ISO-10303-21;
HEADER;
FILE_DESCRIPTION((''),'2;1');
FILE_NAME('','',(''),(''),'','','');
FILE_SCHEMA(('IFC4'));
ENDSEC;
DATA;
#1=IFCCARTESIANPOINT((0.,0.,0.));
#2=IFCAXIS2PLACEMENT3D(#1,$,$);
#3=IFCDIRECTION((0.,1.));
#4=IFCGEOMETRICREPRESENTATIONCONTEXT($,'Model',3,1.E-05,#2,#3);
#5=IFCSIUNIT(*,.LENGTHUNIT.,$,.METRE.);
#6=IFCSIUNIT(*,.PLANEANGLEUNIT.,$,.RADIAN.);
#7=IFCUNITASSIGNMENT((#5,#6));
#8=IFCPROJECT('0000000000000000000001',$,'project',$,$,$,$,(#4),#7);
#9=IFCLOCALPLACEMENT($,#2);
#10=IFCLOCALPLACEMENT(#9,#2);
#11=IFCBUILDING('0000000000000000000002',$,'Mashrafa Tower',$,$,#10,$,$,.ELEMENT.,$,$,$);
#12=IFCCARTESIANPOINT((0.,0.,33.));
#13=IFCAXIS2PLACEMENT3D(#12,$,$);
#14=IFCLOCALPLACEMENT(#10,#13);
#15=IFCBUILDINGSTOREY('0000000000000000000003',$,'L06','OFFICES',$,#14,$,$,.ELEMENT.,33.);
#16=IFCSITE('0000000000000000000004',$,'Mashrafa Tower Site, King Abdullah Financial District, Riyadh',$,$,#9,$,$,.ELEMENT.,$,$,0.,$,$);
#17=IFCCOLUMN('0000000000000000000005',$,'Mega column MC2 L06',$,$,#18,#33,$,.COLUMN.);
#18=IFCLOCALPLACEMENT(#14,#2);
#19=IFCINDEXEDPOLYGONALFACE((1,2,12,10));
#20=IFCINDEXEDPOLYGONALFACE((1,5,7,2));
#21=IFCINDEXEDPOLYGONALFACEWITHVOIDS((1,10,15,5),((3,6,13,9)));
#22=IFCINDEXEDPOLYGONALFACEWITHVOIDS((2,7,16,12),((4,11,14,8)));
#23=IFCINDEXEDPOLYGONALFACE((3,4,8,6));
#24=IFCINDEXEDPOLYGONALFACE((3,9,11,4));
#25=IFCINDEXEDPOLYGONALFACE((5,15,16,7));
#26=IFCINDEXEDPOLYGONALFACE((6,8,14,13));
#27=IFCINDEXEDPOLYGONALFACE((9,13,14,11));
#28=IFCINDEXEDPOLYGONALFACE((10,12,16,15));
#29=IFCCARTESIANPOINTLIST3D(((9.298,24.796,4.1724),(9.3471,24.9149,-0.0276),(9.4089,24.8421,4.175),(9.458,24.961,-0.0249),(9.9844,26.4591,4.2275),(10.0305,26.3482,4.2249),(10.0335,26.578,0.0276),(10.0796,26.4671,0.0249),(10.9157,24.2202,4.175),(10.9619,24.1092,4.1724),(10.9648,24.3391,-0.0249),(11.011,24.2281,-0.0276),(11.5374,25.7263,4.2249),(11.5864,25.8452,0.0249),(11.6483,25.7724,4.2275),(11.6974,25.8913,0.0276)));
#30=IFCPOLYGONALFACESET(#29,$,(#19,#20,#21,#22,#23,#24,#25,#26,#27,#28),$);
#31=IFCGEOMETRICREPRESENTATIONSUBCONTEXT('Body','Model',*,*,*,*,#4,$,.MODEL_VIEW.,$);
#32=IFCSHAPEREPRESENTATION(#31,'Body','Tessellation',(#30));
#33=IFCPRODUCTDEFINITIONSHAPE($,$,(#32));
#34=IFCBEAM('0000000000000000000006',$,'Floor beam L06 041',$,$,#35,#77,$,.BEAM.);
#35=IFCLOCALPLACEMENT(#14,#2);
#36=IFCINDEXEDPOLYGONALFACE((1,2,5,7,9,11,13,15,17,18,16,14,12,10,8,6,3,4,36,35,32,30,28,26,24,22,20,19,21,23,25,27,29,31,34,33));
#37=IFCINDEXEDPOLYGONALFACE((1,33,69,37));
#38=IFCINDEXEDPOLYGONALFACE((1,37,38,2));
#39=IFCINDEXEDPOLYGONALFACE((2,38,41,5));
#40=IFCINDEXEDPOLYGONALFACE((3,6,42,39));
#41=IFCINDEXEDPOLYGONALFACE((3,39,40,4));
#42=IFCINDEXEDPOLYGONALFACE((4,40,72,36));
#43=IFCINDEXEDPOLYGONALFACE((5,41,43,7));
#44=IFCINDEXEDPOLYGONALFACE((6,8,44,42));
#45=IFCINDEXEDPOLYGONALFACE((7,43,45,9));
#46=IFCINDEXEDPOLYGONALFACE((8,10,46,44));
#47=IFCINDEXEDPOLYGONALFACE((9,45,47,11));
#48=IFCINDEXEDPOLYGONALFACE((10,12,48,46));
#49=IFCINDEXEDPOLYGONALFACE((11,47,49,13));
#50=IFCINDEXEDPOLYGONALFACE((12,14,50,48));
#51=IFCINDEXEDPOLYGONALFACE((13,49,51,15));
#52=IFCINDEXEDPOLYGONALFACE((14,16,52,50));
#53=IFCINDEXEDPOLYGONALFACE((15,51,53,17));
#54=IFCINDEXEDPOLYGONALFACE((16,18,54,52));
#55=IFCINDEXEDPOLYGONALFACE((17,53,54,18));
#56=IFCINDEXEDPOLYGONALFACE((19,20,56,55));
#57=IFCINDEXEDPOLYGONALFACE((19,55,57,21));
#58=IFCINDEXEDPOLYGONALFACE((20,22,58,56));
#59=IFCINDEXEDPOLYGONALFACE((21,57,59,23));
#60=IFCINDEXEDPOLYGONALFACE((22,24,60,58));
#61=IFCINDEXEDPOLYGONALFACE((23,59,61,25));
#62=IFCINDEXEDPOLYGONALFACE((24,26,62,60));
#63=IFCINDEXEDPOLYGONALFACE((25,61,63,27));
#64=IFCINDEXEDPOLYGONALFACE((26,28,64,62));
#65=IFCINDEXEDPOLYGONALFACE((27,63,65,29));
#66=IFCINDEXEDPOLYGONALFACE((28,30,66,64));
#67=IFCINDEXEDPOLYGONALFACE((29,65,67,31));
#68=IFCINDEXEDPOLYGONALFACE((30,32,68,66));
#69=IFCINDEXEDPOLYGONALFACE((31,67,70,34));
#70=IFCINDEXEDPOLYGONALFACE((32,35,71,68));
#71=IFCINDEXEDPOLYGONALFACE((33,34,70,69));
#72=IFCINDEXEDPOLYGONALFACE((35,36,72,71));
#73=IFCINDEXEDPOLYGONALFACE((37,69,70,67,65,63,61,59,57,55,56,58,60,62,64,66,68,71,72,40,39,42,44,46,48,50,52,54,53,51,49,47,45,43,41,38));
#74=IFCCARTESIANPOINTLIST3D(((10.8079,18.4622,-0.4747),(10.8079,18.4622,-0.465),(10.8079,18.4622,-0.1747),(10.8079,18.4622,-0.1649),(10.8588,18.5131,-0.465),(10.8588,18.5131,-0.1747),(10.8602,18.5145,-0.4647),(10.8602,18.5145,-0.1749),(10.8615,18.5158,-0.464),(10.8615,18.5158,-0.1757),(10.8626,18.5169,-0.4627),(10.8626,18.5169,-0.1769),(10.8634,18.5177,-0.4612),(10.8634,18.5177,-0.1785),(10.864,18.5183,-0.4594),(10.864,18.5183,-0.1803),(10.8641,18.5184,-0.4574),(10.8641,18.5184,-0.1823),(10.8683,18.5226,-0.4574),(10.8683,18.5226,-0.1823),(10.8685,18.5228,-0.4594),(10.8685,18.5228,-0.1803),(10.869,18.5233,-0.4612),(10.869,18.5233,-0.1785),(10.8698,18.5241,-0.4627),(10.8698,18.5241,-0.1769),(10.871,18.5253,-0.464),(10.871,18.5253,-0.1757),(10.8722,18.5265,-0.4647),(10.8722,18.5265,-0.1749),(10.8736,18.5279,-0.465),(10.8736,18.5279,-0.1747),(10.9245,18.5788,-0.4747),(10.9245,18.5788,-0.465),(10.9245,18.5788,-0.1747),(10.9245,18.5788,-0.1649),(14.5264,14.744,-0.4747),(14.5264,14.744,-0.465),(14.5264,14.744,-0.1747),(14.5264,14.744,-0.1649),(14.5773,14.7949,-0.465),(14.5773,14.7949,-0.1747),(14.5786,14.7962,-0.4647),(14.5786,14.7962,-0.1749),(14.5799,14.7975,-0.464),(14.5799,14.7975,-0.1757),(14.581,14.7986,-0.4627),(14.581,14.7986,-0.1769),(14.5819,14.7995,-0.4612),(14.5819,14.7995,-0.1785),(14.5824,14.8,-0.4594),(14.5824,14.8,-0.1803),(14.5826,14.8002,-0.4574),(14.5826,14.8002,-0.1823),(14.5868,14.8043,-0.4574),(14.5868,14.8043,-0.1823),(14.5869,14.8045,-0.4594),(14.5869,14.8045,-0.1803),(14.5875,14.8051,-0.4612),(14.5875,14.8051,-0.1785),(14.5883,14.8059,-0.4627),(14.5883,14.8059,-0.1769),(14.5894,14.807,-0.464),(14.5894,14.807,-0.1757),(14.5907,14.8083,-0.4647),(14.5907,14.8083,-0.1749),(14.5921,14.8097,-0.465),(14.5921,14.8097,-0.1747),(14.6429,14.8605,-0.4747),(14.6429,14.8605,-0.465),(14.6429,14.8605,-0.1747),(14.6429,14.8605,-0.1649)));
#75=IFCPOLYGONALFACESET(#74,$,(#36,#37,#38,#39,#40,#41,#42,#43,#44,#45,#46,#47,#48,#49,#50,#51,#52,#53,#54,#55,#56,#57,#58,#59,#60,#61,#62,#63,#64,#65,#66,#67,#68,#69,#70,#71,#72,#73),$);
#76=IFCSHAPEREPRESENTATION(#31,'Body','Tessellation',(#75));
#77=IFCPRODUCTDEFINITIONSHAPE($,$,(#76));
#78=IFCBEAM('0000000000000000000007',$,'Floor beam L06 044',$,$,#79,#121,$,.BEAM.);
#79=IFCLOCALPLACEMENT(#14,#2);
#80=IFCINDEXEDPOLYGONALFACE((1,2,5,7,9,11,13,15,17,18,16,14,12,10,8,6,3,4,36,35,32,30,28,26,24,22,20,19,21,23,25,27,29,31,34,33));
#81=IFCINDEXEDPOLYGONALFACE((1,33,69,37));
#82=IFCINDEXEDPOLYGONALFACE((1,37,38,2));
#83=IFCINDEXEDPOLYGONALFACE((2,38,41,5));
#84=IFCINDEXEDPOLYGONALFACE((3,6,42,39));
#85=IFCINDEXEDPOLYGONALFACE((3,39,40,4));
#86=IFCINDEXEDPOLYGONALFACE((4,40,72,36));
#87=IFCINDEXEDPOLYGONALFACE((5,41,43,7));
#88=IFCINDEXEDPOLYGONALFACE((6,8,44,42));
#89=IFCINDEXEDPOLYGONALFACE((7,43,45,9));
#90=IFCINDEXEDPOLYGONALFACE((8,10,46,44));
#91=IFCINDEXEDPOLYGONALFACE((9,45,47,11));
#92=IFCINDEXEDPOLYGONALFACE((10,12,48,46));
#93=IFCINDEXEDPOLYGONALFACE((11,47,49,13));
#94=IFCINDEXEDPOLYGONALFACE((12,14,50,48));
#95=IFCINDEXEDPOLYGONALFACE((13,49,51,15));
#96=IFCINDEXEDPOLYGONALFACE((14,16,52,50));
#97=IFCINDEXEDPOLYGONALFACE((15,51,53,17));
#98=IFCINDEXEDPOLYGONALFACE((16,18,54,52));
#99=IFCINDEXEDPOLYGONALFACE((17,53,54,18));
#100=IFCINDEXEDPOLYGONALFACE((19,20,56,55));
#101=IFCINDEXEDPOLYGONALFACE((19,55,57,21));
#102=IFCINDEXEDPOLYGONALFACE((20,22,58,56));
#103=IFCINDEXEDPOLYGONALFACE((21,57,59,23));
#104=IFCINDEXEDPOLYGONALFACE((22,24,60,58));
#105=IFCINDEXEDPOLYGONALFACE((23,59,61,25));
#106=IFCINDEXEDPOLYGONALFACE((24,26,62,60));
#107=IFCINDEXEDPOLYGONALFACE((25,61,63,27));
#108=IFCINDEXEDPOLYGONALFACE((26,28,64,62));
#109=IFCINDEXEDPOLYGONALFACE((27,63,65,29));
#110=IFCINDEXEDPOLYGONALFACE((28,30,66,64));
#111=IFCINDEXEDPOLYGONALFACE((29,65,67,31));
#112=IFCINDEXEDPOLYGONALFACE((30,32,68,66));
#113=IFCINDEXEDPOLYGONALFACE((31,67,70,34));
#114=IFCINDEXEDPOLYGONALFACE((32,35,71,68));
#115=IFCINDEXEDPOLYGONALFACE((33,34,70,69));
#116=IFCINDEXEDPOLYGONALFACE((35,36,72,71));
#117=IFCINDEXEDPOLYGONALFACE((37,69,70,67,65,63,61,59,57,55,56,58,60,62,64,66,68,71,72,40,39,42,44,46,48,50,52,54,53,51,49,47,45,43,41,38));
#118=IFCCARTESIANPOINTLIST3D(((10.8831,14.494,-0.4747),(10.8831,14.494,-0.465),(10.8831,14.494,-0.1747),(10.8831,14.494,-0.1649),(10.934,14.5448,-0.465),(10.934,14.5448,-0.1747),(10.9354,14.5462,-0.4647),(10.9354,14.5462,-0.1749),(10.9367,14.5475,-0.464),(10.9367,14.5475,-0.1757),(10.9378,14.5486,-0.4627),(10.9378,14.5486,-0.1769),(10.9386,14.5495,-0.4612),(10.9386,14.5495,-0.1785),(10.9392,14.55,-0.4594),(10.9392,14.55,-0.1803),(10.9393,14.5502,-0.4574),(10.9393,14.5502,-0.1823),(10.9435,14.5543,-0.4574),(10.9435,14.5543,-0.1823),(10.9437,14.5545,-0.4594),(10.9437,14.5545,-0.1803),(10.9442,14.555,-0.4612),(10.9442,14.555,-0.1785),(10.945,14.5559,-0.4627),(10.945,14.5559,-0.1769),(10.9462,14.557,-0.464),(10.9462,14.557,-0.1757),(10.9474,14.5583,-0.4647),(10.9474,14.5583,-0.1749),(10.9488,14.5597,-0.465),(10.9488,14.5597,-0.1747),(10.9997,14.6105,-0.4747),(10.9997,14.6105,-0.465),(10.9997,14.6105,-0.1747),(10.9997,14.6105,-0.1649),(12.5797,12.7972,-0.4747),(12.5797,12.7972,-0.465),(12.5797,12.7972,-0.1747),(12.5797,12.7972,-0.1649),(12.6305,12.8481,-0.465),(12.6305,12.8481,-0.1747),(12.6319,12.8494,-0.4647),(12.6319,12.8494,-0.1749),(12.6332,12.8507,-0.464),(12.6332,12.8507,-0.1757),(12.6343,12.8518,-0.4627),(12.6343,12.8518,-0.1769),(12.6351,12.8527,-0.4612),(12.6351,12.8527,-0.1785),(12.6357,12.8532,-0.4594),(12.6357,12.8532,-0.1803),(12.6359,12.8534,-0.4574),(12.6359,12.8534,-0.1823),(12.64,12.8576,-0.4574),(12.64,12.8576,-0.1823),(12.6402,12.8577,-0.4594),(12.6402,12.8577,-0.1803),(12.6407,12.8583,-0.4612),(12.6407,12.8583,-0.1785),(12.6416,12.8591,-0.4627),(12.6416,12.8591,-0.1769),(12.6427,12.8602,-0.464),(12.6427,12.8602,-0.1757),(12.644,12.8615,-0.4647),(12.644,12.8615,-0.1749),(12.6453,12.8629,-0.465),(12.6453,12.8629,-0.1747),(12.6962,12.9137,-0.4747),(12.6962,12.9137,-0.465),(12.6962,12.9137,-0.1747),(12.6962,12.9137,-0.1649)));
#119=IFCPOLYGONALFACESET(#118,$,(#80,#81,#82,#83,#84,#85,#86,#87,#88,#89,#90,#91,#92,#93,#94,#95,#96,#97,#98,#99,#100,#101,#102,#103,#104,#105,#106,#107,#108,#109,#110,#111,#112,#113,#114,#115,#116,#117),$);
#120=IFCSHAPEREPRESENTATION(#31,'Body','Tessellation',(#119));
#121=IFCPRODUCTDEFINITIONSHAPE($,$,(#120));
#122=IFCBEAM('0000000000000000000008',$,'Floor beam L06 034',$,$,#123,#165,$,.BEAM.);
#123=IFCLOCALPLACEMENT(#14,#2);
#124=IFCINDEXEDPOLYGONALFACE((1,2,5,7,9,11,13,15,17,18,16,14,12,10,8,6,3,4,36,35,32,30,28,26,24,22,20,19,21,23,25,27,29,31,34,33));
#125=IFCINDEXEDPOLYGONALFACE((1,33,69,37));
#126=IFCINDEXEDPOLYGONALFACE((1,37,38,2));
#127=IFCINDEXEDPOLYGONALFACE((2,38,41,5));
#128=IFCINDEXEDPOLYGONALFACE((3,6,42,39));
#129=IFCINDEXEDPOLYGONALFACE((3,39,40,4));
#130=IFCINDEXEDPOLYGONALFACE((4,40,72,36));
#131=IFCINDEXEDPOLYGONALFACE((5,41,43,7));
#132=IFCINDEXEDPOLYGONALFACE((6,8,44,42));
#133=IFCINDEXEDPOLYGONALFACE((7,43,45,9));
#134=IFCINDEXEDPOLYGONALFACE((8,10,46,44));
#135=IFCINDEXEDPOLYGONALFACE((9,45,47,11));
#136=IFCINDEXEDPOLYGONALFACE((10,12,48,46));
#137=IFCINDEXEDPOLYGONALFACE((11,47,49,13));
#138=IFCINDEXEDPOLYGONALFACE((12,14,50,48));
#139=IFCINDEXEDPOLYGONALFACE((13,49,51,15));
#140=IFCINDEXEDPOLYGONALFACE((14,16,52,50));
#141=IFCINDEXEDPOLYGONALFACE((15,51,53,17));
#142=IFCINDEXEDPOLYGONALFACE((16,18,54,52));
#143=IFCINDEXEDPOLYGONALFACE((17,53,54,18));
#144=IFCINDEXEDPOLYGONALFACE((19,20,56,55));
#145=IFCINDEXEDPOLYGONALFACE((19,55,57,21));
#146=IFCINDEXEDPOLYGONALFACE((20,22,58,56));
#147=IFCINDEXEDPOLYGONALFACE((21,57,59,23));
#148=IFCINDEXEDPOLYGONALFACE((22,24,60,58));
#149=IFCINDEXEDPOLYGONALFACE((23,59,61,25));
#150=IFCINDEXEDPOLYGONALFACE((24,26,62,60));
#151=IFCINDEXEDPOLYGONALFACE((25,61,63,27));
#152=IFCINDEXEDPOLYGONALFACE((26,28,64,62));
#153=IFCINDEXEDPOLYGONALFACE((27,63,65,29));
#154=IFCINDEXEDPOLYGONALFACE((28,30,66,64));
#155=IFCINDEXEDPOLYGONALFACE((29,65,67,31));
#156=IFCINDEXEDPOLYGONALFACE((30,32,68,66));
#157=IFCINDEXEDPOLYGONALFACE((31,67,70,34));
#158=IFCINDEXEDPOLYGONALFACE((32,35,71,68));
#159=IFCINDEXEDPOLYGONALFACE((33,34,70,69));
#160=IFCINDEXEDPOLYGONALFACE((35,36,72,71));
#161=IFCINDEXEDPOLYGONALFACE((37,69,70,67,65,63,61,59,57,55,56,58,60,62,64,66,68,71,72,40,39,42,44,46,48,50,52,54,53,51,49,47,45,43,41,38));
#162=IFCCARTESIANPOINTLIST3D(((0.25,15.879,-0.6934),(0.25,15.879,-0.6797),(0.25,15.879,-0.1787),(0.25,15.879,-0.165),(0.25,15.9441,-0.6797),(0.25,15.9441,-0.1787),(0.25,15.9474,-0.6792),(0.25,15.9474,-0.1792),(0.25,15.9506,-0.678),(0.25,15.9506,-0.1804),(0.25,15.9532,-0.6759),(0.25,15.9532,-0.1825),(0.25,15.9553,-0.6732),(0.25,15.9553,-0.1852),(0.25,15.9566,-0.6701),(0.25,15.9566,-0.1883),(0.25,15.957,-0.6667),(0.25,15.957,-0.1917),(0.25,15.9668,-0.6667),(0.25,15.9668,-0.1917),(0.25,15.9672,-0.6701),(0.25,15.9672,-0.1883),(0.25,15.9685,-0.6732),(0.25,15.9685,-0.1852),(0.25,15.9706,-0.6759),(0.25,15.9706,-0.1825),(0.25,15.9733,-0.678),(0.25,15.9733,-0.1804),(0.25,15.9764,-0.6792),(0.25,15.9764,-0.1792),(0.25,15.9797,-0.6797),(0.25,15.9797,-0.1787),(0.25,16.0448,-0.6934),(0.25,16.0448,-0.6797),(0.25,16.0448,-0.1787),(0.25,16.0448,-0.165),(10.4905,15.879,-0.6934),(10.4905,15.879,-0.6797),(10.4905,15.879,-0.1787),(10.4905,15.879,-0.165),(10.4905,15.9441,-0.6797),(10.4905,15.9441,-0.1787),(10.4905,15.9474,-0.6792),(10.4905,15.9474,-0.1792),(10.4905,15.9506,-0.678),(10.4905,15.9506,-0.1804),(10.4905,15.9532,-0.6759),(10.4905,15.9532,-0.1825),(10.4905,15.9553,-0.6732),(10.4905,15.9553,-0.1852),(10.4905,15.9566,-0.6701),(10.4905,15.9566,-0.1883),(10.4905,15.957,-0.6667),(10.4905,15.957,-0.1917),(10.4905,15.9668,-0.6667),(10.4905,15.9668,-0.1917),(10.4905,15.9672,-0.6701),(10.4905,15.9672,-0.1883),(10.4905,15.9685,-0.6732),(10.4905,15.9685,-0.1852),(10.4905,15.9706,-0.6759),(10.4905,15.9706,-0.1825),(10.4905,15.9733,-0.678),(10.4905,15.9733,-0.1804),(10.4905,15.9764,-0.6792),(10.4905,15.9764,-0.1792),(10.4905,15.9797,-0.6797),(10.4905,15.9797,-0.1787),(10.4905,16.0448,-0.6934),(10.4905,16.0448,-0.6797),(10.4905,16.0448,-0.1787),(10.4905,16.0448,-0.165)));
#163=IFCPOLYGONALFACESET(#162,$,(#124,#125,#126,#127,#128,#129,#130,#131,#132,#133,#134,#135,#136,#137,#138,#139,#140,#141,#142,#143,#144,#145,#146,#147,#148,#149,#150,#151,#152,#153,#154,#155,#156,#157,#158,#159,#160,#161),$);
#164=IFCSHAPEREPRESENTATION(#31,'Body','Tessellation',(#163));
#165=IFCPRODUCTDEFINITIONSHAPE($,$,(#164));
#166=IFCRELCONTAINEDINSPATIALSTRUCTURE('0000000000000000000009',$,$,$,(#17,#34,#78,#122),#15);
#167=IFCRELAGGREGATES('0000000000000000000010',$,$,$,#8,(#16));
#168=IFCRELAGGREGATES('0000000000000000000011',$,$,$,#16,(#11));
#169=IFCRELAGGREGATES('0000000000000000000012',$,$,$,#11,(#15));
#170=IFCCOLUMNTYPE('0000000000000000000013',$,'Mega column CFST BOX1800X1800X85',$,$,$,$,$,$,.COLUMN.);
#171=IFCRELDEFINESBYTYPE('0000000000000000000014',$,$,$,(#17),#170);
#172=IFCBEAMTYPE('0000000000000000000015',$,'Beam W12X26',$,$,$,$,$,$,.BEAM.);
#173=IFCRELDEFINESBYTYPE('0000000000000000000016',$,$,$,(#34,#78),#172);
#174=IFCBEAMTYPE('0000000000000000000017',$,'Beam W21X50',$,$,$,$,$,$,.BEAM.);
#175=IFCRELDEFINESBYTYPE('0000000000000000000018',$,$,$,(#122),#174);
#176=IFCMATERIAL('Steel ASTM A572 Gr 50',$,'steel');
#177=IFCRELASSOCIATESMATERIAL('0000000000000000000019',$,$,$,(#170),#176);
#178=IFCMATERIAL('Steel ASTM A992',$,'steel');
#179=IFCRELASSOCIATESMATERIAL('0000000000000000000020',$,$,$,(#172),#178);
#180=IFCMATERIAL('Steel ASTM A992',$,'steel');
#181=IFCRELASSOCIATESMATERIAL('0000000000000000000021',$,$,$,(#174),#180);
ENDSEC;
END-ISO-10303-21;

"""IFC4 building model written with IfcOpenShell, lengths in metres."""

from ifc_helpers import new_model, si_unit, direction, frame, origin, origin_2d, place, context, subcontext, project, spatial, hollow_rectangle, i_section, extrude, material, material_profile, profile_set, type_object, element, save


model = new_model("IFC4")

# Units and contexts
model_context = context("Model", 3, precision=1e-05, world=origin(), true_north=direction((0.0, 1.0)))
body_context = subcontext(model_context, "Body", "Model", "MODEL_VIEW")
ifc_project = project(units=[si_unit("LENGTHUNIT", "METRE"), si_unit("PLANEANGLEUNIT", "RADIAN")], contexts=[model_context])

# Site, building, storey
site_placement = place(None, origin())
site = spatial("IfcSite", under=ifc_project, at=site_placement, Name="Mashrafa Tower Site, King Abdullah Financial District, Riyadh", CompositionType="ELEMENT", RefElevation=0.0)
building_placement = place(site_placement, origin())
building = spatial("IfcBuilding", under=site, at=building_placement, Name="Mashrafa Tower", CompositionType="ELEMENT")
storey_placement = place(building_placement, frame((0.0, 0.0, 33.0)))
storey = spatial("IfcBuildingStorey", under=building, at=storey_placement, Name="L06", Description="OFFICES", CompositionType="ELEMENT", Elevation=33.0)

# Column
ifc_material_1 = material(Name="Steel ASTM A572 Gr 50", Category="steel")
ifc_material_profile_1 = material_profile(ifc_material_1, hollow_rectangle(XDim=1.8, YDim=1.8, WallThickness=0.085, at=origin_2d()), Name="BOX1800X1800X85")
ifc_profile_set_1 = profile_set([ifc_material_profile_1], Name="Steel ASTM A572 Gr 50")
column_type = type_object("IfcColumnType", Name="Mega column CFST BOX1800X1800X85", PredefinedType="COLUMN", material=ifc_profile_set_1)
column_placement = place(storey_placement, frame((10.5222, 25.4031, 0.0), z_axis=(-0.011679, -0.028296, 0.999531), x_axis=(0.924363, -0.381513, 0.0)))
element("IfcColumn", 1, at=column_placement, inside=storey, type_object=column_type, Name="Mega column MC2 L06", PredefinedType="COLUMN", context=body_context, shape_type="SweptSolid", body=[
    extrude(hollow_rectangle(XDim=1.8, YDim=1.8, WallThickness=0.085, at=origin_2d()), origin(), (0.0, 0.0, 1.0), 4.2019),
])

# Beams
ifc_material_2 = material(Name="Steel ASTM A992", Category="steel")
ifc_material_profile_2 = material_profile(ifc_material_2, i_section(OverallWidth=0.1648, OverallDepth=0.3098, WebThickness=0.0059, FlangeThickness=0.0098, FilletRadius=0.0076, at=origin_2d()), Name="W12X26")
ifc_profile_set_2 = profile_set([ifc_material_profile_2], Name="Steel ASTM A992")
beam_type_1 = type_object("IfcBeamType", Name="Beam W12X26", PredefinedType="BEAM", material=ifc_profile_set_2)
beam_1_placement = place(storey_placement, frame((10.8662, 18.5205, -0.3198), z_axis=(0.70713, -0.707084, 0.0), x_axis=(0.707084, 0.70713, 0.0)))
element("IfcBeam", 2, at=beam_1_placement, inside=storey, type_object=beam_type_1, Name="Floor beam L06 041", PredefinedType="BEAM", context=body_context, shape_type="SweptSolid", body=[
    extrude(i_section(OverallWidth=0.1648, OverallDepth=0.3098, WebThickness=0.0059, FlangeThickness=0.0098, FilletRadius=0.0076, at=origin_2d()), origin(), (0.0, 0.0, 1.0), 5.2585),
])
beam_2_placement = place(storey_placement, frame((10.9414, 14.5522, -0.3198), z_axis=(0.707056, -0.707158, 0.0), x_axis=(0.707158, 0.707056, 0.0)))
element("IfcBeam", 3, at=beam_2_placement, inside=storey, type_object=beam_type_1, Name="Floor beam L06 044", PredefinedType="BEAM", context=body_context, shape_type="SweptSolid", body=[
    extrude(i_section(OverallWidth=0.1648, OverallDepth=0.3098, WebThickness=0.0059, FlangeThickness=0.0098, FilletRadius=0.0076, at=origin_2d()), origin(), (0.0, 0.0, 1.0), 2.3994),
])
ifc_material_3 = material(Name="Steel ASTM A992", Category="steel")
ifc_material_profile_3 = material_profile(ifc_material_3, i_section(OverallWidth=0.1658, OverallDepth=0.5283, WebThickness=0.0098, FlangeThickness=0.0137, FilletRadius=0.0129, at=origin_2d()), Name="W21X50")
ifc_profile_set_3 = profile_set([ifc_material_profile_3], Name="Steel ASTM A992")
beam_type_2 = type_object("IfcBeamType", Name="Beam W21X50", PredefinedType="BEAM", material=ifc_profile_set_3)
beam_3_placement = place(storey_placement, frame((0.25, 15.9619, -0.4292), z_axis=(1.0, 0.0, 0.0), x_axis=(0.0, 1.0, 0.0)))
element("IfcBeam", 4, at=beam_3_placement, inside=storey, type_object=beam_type_2, Name="Floor beam L06 034", PredefinedType="BEAM", context=body_context, shape_type="SweptSolid", body=[
    extrude(i_section(OverallWidth=0.1658, OverallDepth=0.5283, WebThickness=0.0098, FlangeThickness=0.0137, FilletRadius=0.0129, at=origin_2d()), origin(), (0.0, 0.0, 1.0), 10.2405),
])

save(model, "model.ifc")
